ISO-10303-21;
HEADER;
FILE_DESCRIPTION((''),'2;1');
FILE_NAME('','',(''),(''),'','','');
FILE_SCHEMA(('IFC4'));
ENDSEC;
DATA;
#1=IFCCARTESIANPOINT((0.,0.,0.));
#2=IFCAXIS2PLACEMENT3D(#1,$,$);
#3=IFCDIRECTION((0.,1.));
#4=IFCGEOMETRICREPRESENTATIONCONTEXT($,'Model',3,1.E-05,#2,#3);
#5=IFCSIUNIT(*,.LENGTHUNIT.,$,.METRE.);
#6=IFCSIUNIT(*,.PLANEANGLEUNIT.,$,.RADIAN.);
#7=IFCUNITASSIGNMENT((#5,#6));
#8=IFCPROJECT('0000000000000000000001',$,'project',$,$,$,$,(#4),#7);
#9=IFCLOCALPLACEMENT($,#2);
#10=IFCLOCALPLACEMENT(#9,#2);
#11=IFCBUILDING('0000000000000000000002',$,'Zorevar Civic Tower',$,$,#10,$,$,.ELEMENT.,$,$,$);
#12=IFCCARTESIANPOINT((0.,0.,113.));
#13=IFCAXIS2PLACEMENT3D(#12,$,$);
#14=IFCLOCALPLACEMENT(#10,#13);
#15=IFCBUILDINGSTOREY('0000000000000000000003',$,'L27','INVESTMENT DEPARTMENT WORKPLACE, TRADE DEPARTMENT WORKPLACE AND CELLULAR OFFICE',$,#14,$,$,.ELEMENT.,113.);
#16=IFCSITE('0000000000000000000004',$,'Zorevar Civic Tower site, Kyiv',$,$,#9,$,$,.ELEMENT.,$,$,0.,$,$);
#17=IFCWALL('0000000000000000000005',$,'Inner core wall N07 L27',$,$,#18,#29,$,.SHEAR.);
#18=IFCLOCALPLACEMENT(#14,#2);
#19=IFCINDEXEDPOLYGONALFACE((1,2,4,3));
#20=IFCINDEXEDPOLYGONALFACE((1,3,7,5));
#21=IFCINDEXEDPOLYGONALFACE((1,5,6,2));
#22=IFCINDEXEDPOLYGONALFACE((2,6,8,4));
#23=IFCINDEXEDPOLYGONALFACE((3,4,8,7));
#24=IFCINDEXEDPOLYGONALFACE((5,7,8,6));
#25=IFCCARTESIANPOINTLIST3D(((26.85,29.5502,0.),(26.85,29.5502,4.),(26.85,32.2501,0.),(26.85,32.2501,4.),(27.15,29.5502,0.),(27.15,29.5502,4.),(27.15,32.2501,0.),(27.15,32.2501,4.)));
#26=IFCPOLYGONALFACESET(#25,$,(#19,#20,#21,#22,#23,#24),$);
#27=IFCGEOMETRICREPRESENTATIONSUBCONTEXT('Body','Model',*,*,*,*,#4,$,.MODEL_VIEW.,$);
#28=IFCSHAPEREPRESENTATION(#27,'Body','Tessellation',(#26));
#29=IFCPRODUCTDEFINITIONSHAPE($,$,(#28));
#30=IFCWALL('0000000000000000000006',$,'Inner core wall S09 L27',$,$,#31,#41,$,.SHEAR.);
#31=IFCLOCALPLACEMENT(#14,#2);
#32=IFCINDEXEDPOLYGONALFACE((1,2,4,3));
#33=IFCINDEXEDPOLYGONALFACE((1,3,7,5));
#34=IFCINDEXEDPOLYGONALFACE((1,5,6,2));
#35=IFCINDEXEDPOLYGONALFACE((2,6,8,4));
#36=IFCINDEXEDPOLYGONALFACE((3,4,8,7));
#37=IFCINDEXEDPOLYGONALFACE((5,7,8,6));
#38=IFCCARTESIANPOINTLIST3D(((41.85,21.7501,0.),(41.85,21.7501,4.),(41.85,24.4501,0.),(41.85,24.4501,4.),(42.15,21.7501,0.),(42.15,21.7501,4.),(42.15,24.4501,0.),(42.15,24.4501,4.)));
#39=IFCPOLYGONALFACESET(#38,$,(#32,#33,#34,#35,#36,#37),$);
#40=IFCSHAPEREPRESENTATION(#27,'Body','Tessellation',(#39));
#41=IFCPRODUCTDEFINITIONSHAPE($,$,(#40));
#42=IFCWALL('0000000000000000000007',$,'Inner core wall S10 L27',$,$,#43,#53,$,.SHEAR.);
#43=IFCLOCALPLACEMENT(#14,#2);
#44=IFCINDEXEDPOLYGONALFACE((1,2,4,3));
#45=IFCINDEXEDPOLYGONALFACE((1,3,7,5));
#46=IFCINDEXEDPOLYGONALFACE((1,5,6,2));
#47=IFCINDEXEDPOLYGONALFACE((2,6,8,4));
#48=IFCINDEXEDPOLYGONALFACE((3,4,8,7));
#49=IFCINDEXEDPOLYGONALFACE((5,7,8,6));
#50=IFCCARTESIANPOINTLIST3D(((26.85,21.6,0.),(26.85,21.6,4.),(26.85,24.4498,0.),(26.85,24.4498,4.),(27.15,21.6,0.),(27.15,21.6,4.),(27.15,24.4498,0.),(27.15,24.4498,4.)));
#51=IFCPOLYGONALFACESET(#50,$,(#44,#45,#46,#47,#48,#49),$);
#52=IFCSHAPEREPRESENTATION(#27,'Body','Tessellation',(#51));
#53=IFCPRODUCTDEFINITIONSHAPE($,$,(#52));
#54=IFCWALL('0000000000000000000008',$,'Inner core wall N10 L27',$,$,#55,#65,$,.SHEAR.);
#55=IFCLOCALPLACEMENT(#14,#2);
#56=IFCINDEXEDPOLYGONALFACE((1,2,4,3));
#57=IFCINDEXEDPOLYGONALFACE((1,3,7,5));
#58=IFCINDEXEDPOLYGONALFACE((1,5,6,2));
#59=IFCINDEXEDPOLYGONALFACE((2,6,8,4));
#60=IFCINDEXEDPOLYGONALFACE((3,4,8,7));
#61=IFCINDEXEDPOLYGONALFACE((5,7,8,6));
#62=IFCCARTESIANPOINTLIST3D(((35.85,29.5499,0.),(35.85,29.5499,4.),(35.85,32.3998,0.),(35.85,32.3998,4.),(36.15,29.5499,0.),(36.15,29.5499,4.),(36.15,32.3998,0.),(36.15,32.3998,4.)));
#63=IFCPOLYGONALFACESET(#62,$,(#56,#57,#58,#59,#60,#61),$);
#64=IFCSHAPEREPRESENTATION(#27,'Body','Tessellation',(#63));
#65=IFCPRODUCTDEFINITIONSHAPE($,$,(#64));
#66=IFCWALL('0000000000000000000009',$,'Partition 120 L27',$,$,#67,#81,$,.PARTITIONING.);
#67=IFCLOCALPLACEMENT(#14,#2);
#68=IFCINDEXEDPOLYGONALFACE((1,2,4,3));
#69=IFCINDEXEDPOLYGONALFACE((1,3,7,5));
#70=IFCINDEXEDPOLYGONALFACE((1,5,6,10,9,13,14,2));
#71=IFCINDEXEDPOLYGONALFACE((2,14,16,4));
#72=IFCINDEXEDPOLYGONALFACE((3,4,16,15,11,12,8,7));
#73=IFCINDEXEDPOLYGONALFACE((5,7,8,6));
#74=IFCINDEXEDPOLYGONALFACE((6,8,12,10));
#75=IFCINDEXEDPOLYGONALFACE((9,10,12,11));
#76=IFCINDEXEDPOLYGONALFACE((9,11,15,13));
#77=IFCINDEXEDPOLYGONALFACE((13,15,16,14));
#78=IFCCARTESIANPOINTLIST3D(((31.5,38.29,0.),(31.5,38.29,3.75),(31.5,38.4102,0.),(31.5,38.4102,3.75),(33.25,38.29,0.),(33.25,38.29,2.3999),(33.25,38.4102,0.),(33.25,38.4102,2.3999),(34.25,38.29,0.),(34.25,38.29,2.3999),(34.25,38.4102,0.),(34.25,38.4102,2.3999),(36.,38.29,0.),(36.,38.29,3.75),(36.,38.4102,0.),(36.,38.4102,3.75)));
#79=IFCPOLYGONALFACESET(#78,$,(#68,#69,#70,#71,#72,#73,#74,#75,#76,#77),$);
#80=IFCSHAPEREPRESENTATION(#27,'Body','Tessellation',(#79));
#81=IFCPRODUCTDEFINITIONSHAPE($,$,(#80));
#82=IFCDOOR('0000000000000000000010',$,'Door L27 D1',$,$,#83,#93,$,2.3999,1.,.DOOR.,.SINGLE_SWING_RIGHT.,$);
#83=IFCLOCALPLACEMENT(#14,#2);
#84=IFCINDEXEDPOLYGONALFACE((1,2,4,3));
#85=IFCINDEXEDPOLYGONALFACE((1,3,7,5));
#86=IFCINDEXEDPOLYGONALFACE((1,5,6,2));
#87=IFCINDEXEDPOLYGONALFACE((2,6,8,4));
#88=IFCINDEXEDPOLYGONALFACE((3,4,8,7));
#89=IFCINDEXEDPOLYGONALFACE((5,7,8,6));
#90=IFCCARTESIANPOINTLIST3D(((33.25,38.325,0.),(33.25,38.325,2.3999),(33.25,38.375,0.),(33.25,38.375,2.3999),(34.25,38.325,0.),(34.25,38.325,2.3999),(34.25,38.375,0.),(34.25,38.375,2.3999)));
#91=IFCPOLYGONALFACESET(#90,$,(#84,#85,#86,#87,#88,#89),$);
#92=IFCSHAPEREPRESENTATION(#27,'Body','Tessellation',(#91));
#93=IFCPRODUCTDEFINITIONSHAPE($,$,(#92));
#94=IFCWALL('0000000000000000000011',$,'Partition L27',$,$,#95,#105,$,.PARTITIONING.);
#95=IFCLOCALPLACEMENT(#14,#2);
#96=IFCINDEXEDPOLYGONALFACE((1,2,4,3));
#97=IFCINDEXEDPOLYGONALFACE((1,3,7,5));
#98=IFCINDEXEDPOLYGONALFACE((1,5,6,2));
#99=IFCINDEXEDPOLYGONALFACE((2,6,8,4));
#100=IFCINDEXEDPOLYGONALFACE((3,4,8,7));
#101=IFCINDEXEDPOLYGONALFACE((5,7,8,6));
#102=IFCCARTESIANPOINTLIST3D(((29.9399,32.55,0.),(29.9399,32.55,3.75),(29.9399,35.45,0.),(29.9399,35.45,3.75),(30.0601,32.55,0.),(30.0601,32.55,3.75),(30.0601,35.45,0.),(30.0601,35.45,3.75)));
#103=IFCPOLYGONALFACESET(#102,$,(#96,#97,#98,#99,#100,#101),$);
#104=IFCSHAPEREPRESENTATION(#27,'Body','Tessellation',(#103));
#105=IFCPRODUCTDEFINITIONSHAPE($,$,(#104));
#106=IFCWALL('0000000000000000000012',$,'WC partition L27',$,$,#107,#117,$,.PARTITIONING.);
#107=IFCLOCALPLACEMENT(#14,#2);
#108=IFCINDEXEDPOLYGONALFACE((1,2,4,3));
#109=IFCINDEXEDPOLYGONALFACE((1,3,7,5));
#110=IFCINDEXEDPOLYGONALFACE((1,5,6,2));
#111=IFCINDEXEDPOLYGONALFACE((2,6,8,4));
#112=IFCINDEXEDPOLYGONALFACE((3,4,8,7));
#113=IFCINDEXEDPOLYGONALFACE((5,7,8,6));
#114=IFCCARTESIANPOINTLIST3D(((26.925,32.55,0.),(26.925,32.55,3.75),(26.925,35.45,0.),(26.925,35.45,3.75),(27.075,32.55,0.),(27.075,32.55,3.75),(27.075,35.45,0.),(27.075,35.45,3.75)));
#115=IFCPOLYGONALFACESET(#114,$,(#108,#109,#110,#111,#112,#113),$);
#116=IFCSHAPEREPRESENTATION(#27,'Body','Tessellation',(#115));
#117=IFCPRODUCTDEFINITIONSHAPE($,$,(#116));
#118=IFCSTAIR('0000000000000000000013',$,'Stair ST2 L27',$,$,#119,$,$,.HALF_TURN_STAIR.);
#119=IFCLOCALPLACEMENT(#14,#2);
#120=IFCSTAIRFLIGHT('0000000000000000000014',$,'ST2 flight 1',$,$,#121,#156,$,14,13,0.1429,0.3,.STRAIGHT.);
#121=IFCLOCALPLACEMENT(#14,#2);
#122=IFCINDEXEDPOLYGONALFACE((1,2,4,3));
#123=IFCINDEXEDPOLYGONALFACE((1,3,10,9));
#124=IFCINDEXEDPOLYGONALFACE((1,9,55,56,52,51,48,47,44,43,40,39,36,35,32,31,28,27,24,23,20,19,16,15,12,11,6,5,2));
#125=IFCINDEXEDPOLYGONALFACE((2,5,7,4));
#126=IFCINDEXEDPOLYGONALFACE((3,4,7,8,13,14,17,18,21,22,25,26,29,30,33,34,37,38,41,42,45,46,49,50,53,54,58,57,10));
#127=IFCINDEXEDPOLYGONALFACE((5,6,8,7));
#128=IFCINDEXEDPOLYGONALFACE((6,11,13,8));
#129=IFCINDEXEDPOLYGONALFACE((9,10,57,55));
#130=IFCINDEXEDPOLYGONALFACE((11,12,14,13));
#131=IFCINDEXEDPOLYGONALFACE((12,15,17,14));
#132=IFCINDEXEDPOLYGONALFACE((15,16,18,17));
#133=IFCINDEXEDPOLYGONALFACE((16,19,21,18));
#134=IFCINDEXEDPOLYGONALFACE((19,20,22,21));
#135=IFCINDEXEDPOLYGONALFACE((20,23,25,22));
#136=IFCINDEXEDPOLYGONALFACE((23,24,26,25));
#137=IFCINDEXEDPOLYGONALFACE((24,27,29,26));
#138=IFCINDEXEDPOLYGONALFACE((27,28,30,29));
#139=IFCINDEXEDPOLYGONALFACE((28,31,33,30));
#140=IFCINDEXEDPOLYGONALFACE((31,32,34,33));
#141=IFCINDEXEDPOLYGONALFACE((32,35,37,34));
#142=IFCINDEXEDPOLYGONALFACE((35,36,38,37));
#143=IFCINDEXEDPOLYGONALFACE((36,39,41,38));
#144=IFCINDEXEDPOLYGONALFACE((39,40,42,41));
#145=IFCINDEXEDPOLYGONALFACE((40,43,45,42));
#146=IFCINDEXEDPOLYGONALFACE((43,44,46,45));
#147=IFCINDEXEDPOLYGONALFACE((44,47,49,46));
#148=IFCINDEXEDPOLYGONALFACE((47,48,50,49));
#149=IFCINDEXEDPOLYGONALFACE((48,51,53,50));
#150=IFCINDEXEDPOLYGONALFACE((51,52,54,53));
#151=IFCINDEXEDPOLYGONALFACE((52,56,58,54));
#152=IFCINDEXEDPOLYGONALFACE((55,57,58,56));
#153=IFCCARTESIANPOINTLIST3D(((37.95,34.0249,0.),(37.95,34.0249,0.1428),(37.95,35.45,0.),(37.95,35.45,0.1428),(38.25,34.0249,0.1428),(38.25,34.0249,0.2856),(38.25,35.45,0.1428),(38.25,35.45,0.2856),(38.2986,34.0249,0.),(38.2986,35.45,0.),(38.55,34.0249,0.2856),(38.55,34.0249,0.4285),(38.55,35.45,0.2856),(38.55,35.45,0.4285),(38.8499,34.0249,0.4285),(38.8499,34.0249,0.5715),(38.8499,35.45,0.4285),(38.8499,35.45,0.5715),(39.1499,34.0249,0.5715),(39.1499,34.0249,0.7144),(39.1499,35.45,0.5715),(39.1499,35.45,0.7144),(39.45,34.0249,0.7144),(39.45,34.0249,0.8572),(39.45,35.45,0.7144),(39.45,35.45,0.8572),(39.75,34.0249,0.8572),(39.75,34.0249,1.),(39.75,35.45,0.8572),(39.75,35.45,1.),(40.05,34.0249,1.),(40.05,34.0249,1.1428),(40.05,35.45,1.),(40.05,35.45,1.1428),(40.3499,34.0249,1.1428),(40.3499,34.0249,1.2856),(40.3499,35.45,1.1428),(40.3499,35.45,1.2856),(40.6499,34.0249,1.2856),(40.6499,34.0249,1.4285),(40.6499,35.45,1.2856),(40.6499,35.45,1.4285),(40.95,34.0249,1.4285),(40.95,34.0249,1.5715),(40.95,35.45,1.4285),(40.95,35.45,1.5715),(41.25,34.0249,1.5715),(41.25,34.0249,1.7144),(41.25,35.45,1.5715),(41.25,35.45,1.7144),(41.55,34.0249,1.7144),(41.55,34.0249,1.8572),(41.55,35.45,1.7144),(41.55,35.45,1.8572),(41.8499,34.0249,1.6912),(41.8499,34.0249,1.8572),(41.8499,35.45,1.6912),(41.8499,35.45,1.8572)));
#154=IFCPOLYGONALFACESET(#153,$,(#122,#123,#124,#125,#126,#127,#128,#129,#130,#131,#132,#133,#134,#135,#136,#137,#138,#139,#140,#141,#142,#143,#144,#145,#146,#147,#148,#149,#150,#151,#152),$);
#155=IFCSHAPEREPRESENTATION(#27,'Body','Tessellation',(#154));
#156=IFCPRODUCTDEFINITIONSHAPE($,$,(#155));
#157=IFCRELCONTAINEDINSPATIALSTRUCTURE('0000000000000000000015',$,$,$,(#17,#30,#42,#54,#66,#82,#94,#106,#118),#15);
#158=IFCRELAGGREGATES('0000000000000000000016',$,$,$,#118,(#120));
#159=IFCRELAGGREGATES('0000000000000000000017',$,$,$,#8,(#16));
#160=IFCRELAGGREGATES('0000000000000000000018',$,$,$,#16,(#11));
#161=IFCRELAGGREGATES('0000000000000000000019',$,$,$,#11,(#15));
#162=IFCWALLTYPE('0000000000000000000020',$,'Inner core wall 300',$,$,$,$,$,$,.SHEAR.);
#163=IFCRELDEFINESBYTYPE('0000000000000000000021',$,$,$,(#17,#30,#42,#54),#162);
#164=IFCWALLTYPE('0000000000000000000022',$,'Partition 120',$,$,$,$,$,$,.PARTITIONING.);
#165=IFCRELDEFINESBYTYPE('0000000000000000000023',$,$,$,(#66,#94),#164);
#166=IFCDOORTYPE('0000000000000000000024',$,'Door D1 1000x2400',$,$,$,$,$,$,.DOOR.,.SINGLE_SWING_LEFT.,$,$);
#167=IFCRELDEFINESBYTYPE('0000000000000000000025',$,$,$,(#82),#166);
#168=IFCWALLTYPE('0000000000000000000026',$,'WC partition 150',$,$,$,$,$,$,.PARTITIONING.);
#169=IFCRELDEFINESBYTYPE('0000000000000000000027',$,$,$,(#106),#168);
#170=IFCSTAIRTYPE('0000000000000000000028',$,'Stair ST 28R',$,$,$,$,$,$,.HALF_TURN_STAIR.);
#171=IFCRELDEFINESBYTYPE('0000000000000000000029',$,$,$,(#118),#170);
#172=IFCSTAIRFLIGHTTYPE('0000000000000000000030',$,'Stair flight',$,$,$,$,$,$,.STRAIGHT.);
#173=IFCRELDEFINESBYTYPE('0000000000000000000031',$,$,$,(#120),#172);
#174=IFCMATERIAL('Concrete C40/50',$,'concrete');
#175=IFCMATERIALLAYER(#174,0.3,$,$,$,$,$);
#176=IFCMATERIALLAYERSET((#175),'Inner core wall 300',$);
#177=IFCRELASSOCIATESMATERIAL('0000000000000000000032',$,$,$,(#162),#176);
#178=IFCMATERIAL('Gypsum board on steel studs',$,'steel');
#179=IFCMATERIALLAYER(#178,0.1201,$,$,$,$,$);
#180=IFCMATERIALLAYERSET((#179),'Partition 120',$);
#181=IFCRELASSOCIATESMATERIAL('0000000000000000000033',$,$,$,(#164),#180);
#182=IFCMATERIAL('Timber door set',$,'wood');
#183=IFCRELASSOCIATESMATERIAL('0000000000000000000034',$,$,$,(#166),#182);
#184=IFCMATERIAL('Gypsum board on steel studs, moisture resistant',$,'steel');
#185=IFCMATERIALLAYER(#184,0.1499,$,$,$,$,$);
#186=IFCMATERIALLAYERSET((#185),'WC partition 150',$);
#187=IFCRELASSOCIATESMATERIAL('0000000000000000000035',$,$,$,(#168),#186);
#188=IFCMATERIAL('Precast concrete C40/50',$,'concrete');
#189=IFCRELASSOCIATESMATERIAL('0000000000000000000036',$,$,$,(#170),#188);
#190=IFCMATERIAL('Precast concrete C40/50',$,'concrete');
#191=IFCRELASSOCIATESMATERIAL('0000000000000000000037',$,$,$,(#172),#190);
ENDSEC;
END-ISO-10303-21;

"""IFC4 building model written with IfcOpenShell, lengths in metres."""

from ifc_helpers import new_model, si_unit, direction, frame, frame_2d, origin, place, context, subcontext, project, spatial, polyline, rectangle, outline, extrude, material, layer, layer_set, type_object, element, fill, aggregate, save


model = new_model("IFC4")

# Units and contexts
model_context = context("Model", 3, precision=1e-05, world=origin(), true_north=direction((0.0, 1.0)))
body_context = subcontext(model_context, "Body", "Model", "MODEL_VIEW")
ifc_project = project(units=[si_unit("LENGTHUNIT", "METRE"), si_unit("PLANEANGLEUNIT", "RADIAN")], contexts=[model_context])

# Site, building, storey
site_placement = place(None, origin())
site = spatial("IfcSite", under=ifc_project, at=site_placement, Name="Zorevar Civic Tower site, Kyiv", CompositionType="ELEMENT", RefElevation=0.0)
building_placement = place(site_placement, origin())
building = spatial("IfcBuilding", under=site, at=building_placement, Name="Zorevar Civic Tower", CompositionType="ELEMENT")
storey_placement = place(building_placement, frame((0.0, 0.0, 113.0)))
storey = spatial("IfcBuildingStorey", under=building, at=storey_placement, Name="L27", Description="INVESTMENT DEPARTMENT WORKPLACE, TRADE DEPARTMENT WORKPLACE AND CELLULAR OFFICE", CompositionType="ELEMENT", Elevation=113.0)

# Shared definitions
ifc_material_1 = material(Name="Concrete C40/50", Category="concrete")
ifc_layer_1 = layer(ifc_material_1, 0.3)
ifc_layer_set_1 = layer_set([ifc_layer_1], Name="Inner core wall 300")
wall_type_1 = type_object("IfcWallType", Name="Inner core wall 300", PredefinedType="SHEAR", material=ifc_layer_set_1)

# Walls
for number, where, z_axis, x_axis, name in (
    (1, (27.0, 29.55, 0.0), (0.0, 0.0, 1.0), (0.0, 1.0, 0.0), "Inner core wall N07 L27"),
    (2, (42.0, 21.75, 0.0), (0.0, 0.0, 1.0), (0.0, 1.0, 0.0), "Inner core wall S09 L27"),
):
    element("IfcWall", number, at=place(storey_placement, frame(where, z_axis=z_axis, x_axis=x_axis)), inside=storey, type_object=wall_type_1, Name=name, PredefinedType="SHEAR", context=body_context, shape_type="SweptSolid", body=[
        extrude(rectangle(XDim=2.7, YDim=0.3, at=frame_2d((1.3501, 0.0))), origin(), (0.0, 0.0, 1.0), 4.0),
    ])
for number, where, z_axis, x_axis, name in (
    (3, (27.0, 21.6001, 0.0), (0.0, 0.0, 1.0), (0.0, 1.0, 0.0), "Inner core wall S10 L27"),
    (4, (36.0, 29.55, 0.0), (0.0, 0.0, 1.0), (0.0, 1.0, 0.0), "Inner core wall N10 L27"),
):
    element("IfcWall", number, at=place(storey_placement, frame(where, z_axis=z_axis, x_axis=x_axis)), inside=storey, type_object=wall_type_1, Name=name, PredefinedType="SHEAR", context=body_context, shape_type="SweptSolid", body=[
        extrude(rectangle(XDim=2.8499, YDim=0.3, at=frame_2d((1.4248, 0.0))), origin(), (0.0, 0.0, 1.0), 4.0),
    ])

# Wall, opening, door
ifc_material_2 = material(Name="Gypsum board on steel studs", Category="steel")
ifc_layer_2 = layer(ifc_material_2, 0.1201)
ifc_layer_set_2 = layer_set([ifc_layer_2], Name="Partition 120")
wall_type_2 = type_object("IfcWallType", Name="Partition 120", PredefinedType="PARTITIONING", material=ifc_layer_set_2)
wall_1_placement = place(storey_placement, frame((31.5, 38.3501, 0.0), z_axis=(0.0, 0.0, 1.0), x_axis=(1.0, 0.0, 0.0)))
wall_1 = element("IfcWall", 5, at=wall_1_placement, inside=storey, type_object=wall_type_2, Name="Partition 120 L27", PredefinedType="PARTITIONING", context=body_context, shape_type="SweptSolid", body=[
    extrude(rectangle(XDim=4.5, YDim=0.1201, at=frame_2d((2.25, 0.0))), origin(), (0.0, 0.0, 1.0), 3.75),
])
opening_1_placement = place(wall_1_placement, frame((1.75, 0.0, 0.0)))
opening_1 = element("IfcOpeningElement", 6, at=opening_1_placement, cuts=wall_1, PredefinedType="OPENING", context=body_context, shape_type="SweptSolid", body=[
    extrude(rectangle(XDim=1.0, YDim=2.3999, at=frame_2d((0.5, 1.2))), frame((0.0, 0.0701, 0.0), z_axis=(0.0, -1.0, 0.0), x_axis=(1.0, 0.0, 0.0)), (0.0, 0.0, 1.0), 0.1401),
])
ifc_material_3 = material(Name="Timber door set", Category="wood")
door_type_1 = type_object("IfcDoorType", Name="Door D1 1000x2400", OperationType="SINGLE_SWING_LEFT", PredefinedType="DOOR", material=ifc_material_3)
door_1_placement = place(opening_1_placement, origin())
door_1 = element("IfcDoor", 7, at=door_1_placement, inside=storey, type_object=door_type_1, Name="Door L27 D1", OperationType="SINGLE_SWING_RIGHT", OverallHeight=2.3999, OverallWidth=1.0, PredefinedType="DOOR", context=body_context, shape_type="SweptSolid", body=[
    extrude(rectangle(XDim=1.0, YDim=2.3999, at=frame_2d((0.5, 1.2))), frame((0.0, 0.0249, 0.0), z_axis=(0.0, -1.0, 0.0), x_axis=(1.0, 0.0, 0.0)), (0.0, 0.0, 1.0), 0.05),
])
fill(opening_1, door_1)

# Walls
wall_2_placement = place(storey_placement, frame((30.0, 32.55, 0.0), z_axis=(0.0, 0.0, 1.0), x_axis=(0.0, 1.0, 0.0)))
element("IfcWall", 8, at=wall_2_placement, inside=storey, type_object=wall_type_2, Name="Partition L27", PredefinedType="PARTITIONING", context=body_context, shape_type="SweptSolid", body=[
    extrude(rectangle(XDim=2.8999, YDim=0.1201, at=frame_2d((1.45, 0.0))), origin(), (0.0, 0.0, 1.0), 3.75),
])
ifc_material_4 = material(Name="Gypsum board on steel studs, moisture resistant", Category="steel")
ifc_layer_3 = layer(ifc_material_4, 0.1499)
ifc_layer_set_3 = layer_set([ifc_layer_3], Name="WC partition 150")
wall_type_3 = type_object("IfcWallType", Name="WC partition 150", PredefinedType="PARTITIONING", material=ifc_layer_set_3)
wall_3_placement = place(storey_placement, frame((27.0, 32.55, 0.0), z_axis=(0.0, 0.0, 1.0), x_axis=(0.0, 1.0, 0.0)))
element("IfcWall", 9, at=wall_3_placement, inside=storey, type_object=wall_type_3, Name="WC partition L27", PredefinedType="PARTITIONING", context=body_context, shape_type="SweptSolid", body=[
    extrude(rectangle(XDim=2.8999, YDim=0.1499, at=frame_2d((1.45, 0.0))), origin(), (0.0, 0.0, 1.0), 3.75),
])

# Stair, stair flight
ifc_material_5 = material(Name="Precast concrete C40/50", Category="concrete")
stair_type = type_object("IfcStairType", Name="Stair ST 28R", PredefinedType="HALF_TURN_STAIR", material=ifc_material_5)
stair_placement = place(storey_placement, origin())
stair = element("IfcStair", 10, at=stair_placement, inside=storey, type_object=stair_type, Name="Stair ST2 L27", PredefinedType="HALF_TURN_STAIR")
ifc_material_6 = material(Name="Precast concrete C40/50", Category="concrete")
stair_flight_type = type_object("IfcStairFlightType", Name="Stair flight", PredefinedType="STRAIGHT", material=ifc_material_6)
stair_flight_1_placement = place(storey_placement, frame((37.95, 34.7375, 0.0), z_axis=(0.0, 0.0, 1.0), x_axis=(1.0, 0.0, 0.0)))
stair_flight_1 = element("IfcStairFlight", 11, at=stair_flight_1_placement, type_object=stair_flight_type, Name="ST2 flight 1", NumberOfRisers=14, NumberOfTreads=13, PredefinedType="STRAIGHT", RiserHeight=0.1429, TreadLength=0.3, context=body_context, shape_type="SweptSolid", body=[
    extrude(outline(polyline([(0.0, 0.0), (0.0, 0.1428), (0.3, 0.1428), (0.3, 0.2856), (0.6001, 0.2856), (0.6001, 0.4285), (0.8999, 0.4285), (0.8999, 0.5715), (1.2, 0.5715), (1.2, 0.7144), (1.5, 0.7144), (1.5, 0.8572), (1.8, 0.8572), (1.8, 1.0), (2.1001, 1.0), (2.1001, 1.1428), (2.3999, 1.1428), (2.3999, 1.2856), (2.7, 1.2856), (2.7, 1.4285), (3.0, 1.4285), (3.0, 1.5715), (3.3, 1.5715), (3.3, 1.7144), (3.6001, 1.7144), (3.6001, 1.8572), (3.8999, 1.8572), (3.8999, 2.0), (3.8999, 1.6912), (0.3486, 0.0), (0.0, 0.0)])), frame((0.0, 0.7124, 0.0), z_axis=(0.0, -1.0, 0.0), x_axis=(1.0, 0.0, 0.0)), (0.0, 0.0, 1.0), 1.425),
])
aggregate(stair, [stair_flight_1])

save(model, "model.ifc")
